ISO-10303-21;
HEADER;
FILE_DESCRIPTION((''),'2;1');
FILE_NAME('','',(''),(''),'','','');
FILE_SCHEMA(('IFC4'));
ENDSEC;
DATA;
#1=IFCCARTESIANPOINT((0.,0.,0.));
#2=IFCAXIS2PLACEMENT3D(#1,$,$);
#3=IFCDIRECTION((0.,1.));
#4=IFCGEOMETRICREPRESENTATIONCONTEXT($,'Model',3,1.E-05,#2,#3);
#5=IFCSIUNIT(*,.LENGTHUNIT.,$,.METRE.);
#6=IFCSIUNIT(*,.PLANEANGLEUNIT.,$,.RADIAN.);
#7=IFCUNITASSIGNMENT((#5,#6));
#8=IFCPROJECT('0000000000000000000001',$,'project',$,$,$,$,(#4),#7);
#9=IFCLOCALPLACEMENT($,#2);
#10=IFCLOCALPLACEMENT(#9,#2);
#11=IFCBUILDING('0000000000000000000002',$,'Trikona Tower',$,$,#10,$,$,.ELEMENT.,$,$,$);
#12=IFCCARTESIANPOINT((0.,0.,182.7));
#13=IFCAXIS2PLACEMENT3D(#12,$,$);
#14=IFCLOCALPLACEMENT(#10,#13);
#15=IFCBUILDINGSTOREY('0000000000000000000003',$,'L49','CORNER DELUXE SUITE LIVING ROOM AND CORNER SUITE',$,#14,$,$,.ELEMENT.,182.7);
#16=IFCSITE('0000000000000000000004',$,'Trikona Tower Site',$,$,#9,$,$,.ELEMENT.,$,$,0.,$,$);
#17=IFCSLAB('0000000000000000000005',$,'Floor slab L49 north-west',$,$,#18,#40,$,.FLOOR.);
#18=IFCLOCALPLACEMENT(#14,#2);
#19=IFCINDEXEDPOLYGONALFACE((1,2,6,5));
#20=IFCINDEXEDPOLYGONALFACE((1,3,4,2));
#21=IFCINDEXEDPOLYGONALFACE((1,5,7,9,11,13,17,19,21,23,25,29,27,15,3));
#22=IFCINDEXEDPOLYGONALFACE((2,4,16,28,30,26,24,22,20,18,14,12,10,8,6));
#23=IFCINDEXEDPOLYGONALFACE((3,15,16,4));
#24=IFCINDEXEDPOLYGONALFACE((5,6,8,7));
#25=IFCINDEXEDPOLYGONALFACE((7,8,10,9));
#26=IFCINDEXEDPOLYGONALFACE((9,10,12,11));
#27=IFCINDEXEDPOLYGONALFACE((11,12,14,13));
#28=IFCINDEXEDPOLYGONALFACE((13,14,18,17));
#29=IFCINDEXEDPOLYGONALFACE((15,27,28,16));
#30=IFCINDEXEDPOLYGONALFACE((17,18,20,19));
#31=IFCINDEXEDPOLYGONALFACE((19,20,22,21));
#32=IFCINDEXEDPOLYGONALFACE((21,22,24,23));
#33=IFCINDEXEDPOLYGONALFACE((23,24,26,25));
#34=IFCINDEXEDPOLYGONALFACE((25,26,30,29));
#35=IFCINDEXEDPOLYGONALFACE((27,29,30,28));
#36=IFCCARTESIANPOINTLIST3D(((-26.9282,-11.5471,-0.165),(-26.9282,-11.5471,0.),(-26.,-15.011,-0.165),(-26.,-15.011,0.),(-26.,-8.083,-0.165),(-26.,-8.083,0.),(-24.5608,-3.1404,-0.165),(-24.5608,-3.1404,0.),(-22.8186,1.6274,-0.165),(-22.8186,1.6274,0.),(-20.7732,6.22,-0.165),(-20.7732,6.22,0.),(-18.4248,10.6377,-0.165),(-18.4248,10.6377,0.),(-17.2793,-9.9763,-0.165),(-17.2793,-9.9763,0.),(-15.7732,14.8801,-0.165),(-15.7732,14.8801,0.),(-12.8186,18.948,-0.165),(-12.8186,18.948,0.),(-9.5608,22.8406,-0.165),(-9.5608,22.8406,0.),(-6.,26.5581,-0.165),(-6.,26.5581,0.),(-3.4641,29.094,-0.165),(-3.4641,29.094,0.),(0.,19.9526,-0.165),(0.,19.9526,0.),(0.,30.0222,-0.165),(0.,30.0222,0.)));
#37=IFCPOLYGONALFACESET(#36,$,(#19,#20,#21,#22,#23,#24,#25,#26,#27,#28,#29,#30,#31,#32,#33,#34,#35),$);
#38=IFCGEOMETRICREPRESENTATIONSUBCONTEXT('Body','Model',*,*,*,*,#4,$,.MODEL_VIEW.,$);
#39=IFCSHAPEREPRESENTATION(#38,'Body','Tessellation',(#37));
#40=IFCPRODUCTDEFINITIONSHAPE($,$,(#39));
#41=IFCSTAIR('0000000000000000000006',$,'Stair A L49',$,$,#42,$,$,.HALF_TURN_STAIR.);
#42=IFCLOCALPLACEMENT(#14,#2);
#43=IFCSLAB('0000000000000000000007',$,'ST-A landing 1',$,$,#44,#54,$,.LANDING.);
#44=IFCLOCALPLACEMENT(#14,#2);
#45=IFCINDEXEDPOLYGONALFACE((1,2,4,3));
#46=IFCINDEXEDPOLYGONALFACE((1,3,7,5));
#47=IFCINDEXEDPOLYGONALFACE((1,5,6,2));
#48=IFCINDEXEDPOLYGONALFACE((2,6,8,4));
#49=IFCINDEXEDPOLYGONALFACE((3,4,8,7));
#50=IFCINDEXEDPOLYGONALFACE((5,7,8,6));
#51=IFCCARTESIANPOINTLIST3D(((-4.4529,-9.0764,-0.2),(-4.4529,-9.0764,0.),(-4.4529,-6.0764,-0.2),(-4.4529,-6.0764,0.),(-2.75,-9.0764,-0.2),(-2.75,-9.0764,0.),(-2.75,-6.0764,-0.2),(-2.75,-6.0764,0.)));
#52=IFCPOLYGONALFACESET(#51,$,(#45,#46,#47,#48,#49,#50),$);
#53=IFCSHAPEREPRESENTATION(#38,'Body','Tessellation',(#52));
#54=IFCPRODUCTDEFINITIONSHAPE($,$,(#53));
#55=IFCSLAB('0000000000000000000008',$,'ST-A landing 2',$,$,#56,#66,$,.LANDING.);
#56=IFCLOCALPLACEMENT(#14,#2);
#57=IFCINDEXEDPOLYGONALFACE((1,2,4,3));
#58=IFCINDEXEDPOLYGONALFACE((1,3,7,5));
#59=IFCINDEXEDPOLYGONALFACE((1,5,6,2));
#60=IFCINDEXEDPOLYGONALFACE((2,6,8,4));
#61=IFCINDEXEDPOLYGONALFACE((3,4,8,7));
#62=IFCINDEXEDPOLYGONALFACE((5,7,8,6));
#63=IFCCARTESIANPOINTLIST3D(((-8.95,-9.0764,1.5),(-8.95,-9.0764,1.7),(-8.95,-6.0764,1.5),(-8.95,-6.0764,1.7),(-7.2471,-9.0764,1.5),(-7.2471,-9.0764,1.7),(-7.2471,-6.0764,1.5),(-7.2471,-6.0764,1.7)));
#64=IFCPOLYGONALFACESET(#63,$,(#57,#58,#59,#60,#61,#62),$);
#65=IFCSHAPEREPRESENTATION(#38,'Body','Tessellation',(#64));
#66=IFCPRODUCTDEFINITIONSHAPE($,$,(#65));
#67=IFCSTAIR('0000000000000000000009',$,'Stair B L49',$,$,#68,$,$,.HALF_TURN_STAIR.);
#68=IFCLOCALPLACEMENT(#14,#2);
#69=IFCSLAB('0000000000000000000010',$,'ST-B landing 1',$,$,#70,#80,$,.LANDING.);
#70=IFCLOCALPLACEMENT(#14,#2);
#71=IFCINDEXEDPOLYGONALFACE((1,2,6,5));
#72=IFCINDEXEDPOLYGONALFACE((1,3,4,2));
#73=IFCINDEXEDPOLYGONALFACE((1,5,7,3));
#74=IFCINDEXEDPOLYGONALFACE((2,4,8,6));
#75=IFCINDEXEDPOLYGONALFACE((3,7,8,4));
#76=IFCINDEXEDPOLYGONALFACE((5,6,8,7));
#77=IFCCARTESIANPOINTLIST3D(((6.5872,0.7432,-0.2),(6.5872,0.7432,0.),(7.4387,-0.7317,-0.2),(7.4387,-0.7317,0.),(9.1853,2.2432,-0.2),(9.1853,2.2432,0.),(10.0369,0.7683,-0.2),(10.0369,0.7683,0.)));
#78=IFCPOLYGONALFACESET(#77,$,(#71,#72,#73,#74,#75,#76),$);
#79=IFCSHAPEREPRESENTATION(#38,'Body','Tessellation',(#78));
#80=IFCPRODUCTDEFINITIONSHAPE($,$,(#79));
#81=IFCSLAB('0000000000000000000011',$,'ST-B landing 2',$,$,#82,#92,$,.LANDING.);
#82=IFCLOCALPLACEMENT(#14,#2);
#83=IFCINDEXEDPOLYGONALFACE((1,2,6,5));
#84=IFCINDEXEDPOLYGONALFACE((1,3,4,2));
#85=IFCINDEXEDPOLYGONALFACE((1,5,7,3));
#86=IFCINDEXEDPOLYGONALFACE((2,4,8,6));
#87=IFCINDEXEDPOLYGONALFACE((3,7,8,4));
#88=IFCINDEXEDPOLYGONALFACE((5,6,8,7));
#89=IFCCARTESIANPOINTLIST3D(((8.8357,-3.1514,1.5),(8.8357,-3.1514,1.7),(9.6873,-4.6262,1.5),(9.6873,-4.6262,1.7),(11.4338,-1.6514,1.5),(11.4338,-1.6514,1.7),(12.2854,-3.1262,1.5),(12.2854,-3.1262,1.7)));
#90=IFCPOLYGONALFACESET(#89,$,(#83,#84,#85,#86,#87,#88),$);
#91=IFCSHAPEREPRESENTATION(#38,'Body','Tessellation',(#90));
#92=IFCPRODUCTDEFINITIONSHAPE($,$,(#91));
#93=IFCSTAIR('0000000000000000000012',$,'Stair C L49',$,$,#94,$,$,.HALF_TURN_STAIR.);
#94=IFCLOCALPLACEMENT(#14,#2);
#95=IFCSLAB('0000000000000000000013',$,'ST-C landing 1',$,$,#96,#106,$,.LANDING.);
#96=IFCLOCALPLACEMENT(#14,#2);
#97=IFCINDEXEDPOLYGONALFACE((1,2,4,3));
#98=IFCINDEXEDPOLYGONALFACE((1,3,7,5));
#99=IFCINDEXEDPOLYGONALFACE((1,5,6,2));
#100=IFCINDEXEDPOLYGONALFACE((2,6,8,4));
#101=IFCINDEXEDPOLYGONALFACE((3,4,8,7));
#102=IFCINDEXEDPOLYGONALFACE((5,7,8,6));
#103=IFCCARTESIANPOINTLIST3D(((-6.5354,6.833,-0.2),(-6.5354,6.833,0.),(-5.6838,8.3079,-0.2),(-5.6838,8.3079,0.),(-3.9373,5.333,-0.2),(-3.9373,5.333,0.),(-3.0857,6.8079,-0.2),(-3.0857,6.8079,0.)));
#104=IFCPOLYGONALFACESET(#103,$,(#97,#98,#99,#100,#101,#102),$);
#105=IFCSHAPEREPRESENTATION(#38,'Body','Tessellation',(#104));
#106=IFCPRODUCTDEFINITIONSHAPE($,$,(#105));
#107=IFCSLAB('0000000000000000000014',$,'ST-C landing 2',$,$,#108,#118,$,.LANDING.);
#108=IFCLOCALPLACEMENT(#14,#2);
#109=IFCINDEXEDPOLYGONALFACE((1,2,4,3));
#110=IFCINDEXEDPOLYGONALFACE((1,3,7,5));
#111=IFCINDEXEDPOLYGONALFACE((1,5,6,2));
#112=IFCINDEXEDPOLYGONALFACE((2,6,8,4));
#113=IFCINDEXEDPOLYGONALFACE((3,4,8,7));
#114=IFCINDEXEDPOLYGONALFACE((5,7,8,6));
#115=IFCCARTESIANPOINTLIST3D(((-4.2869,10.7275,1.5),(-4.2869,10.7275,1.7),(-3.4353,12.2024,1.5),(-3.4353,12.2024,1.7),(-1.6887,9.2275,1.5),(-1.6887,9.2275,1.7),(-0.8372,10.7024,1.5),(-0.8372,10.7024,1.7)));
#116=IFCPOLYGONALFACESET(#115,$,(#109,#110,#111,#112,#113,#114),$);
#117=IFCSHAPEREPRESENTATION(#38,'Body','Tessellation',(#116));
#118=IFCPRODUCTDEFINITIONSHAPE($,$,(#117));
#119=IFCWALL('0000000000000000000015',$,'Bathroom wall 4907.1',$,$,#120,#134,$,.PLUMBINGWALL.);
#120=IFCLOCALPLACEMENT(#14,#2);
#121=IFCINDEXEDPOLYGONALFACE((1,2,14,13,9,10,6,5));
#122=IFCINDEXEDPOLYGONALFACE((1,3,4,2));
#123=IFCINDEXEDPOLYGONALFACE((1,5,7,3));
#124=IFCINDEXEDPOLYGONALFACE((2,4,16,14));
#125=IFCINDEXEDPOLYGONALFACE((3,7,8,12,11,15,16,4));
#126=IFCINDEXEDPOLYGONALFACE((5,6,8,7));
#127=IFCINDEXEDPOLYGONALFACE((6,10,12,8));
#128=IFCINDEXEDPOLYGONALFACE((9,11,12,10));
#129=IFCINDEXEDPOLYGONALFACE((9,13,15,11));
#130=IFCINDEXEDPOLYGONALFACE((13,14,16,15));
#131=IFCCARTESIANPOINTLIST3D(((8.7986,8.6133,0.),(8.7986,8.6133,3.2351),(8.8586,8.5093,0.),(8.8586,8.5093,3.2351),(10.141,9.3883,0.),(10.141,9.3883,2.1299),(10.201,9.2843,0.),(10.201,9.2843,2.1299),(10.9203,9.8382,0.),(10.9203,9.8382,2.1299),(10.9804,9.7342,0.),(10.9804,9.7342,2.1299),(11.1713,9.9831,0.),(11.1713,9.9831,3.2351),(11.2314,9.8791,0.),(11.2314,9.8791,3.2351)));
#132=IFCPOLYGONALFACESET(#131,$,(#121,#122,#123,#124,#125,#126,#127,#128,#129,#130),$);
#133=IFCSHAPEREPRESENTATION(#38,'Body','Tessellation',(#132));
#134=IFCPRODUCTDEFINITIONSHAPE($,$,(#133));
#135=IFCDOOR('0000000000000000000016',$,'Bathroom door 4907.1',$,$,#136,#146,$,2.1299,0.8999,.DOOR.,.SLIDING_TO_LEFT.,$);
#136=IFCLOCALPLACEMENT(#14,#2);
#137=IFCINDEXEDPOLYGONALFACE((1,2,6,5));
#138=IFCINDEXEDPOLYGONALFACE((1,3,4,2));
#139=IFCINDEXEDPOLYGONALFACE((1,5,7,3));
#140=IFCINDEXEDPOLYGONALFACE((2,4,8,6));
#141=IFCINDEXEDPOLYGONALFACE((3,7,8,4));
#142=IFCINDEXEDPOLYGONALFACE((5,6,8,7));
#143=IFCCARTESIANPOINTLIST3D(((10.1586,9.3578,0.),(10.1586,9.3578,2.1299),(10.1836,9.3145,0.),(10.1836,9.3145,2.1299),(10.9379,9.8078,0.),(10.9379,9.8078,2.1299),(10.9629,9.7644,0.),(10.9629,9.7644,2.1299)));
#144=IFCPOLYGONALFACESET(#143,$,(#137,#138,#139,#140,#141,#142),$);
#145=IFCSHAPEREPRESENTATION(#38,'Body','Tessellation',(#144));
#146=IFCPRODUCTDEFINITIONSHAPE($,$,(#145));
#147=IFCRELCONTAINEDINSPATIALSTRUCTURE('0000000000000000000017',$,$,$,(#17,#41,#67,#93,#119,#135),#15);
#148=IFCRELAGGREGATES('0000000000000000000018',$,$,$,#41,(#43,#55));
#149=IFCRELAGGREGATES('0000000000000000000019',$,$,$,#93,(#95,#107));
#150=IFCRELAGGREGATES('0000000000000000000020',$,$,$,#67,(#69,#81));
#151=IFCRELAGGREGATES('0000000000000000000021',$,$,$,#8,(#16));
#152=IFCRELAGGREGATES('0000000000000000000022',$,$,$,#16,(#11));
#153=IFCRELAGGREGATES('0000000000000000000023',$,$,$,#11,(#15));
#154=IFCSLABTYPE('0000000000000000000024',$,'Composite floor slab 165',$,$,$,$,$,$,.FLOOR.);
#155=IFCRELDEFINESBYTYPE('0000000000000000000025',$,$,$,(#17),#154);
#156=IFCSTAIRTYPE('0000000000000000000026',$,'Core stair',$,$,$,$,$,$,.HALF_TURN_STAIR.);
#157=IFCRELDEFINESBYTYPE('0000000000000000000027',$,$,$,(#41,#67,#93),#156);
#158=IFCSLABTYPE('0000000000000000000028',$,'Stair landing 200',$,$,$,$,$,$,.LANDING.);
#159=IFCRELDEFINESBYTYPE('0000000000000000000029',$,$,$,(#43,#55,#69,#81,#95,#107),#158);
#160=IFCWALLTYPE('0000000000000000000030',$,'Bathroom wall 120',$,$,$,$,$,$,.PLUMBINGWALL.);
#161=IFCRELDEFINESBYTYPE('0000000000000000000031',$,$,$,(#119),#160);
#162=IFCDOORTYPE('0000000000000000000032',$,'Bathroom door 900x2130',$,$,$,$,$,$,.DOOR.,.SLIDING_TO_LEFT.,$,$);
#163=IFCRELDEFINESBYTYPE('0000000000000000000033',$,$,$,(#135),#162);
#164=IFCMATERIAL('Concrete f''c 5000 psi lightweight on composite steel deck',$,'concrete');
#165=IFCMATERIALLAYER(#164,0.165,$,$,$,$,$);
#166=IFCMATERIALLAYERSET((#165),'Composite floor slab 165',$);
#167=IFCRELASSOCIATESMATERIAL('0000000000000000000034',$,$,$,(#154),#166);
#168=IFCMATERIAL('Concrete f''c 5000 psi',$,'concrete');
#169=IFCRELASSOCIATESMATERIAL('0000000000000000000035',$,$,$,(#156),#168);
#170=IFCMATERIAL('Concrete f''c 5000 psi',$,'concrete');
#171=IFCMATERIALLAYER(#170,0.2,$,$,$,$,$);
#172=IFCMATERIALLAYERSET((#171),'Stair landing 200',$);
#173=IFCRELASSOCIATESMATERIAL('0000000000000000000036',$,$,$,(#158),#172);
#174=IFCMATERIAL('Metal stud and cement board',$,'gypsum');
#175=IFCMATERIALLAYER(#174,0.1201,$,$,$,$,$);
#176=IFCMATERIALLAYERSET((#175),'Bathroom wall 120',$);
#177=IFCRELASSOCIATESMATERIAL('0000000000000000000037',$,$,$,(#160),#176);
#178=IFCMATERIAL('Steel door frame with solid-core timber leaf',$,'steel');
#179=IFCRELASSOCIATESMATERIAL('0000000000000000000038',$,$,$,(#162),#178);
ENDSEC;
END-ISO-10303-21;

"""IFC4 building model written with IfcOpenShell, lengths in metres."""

from ifc_helpers import new_model, si_unit, direction, frame, frame_2d, origin, place, context, subcontext, project, spatial, polyline, rectangle, outline, extrude, material, layer, layer_set, type_object, element, fill, aggregate, save


model = new_model("IFC4")

# Units and contexts
model_context = context("Model", 3, precision=1e-05, world=origin(), true_north=direction((0.0, 1.0)))
body_context = subcontext(model_context, "Body", "Model", "MODEL_VIEW")
ifc_project = project(units=[si_unit("LENGTHUNIT", "METRE"), si_unit("PLANEANGLEUNIT", "RADIAN")], contexts=[model_context])

# Site, building, storey
site_placement = place(None, origin())
site = spatial("IfcSite", under=ifc_project, at=site_placement, Name="Trikona Tower Site", CompositionType="ELEMENT", RefElevation=0.0)
building_placement = place(site_placement, origin())
building = spatial("IfcBuilding", under=site, at=building_placement, Name="Trikona Tower", CompositionType="ELEMENT")
storey_placement = place(building_placement, frame((0.0, 0.0, 182.7)))
storey = spatial("IfcBuildingStorey", under=building, at=storey_placement, Name="L49", Description="CORNER DELUXE SUITE LIVING ROOM AND CORNER SUITE", CompositionType="ELEMENT", Elevation=182.7)

# Slab
ifc_material_1 = material(Name="Concrete f'c 5000 psi lightweight on composite steel deck", Category="concrete")
ifc_layer_1 = layer(ifc_material_1, 0.165)
ifc_layer_set_1 = layer_set([ifc_layer_1], Name="Composite floor slab 165")
slab_type_1 = type_object("IfcSlabType", Name="Composite floor slab 165", PredefinedType="FLOOR", material=ifc_layer_set_1)
slab_1_placement = place(storey_placement, frame((0.0, 0.0, -0.165)))
element("IfcSlab", 1, at=slab_1_placement, inside=storey, type_object=slab_type_1, Name="Floor slab L49 north-west", PredefinedType="FLOOR", context=body_context, shape_type="SweptSolid", body=[
    extrude(outline(polyline([(0.0, 19.9526), (0.0, 30.0222), (-3.4641, 29.094), (-6.0, 26.5581), (-9.5608, 22.8406), (-12.8186, 18.948), (-15.7732, 14.8801), (-18.4248, 10.6377), (-20.7732, 6.22), (-22.8186, 1.6274), (-24.5608, -3.1404), (-26.0, -8.083), (-26.9282, -11.5471), (-26.0, -15.011), (-17.2793, -9.9763), (0.0, 19.9526)])), origin(), (0.0, 0.0, 1.0), 0.165),
])

# Stairs, slabs
ifc_material_2 = material(Name="Concrete f'c 5000 psi", Category="concrete")
stair_type = type_object("IfcStairType", Name="Core stair", PredefinedType="HALF_TURN_STAIR", material=ifc_material_2)
stair_1_placement = place(storey_placement, origin())
stair_1 = element("IfcStair", 2, at=stair_1_placement, inside=storey, type_object=stair_type, Name="Stair A L49", PredefinedType="HALF_TURN_STAIR")
ifc_material_3 = material(Name="Concrete f'c 5000 psi", Category="concrete")
ifc_layer_2 = layer(ifc_material_3, 0.2)
ifc_layer_set_2 = layer_set([ifc_layer_2], Name="Stair landing 200")
slab_type_2 = type_object("IfcSlabType", Name="Stair landing 200", PredefinedType="LANDING", material=ifc_layer_set_2)
slab_2_placement = place(storey_placement, frame((0.0, 0.0, -0.2)))
slab_2 = element("IfcSlab", 3, at=slab_2_placement, type_object=slab_type_2, Name="ST-A landing 1", PredefinedType="LANDING", context=body_context, shape_type="SweptSolid", body=[
    extrude(outline(polyline([(-4.4529, -6.0764), (-2.75, -6.0764), (-2.75, -9.0764), (-4.4529, -9.0764), (-4.4529, -6.0764)])), origin(), (0.0, 0.0, 1.0), 0.2),
])
slab_3_placement = place(storey_placement, frame((0.0, 0.0, 1.5)))
slab_3 = element("IfcSlab", 4, at=slab_3_placement, type_object=slab_type_2, Name="ST-A landing 2", PredefinedType="LANDING", context=body_context, shape_type="SweptSolid", body=[
    extrude(outline(polyline([(-8.95, -6.0764), (-7.2471, -6.0764), (-7.2471, -9.0764), (-8.95, -9.0764), (-8.95, -6.0764)])), origin(), (0.0, 0.0, 1.0), 0.2),
])
aggregate(stair_1, [slab_2, slab_3])
stair_2_placement = place(storey_placement, origin())
stair_2 = element("IfcStair", 5, at=stair_2_placement, inside=storey, type_object=stair_type, Name="Stair B L49", PredefinedType="HALF_TURN_STAIR")
slab_4_placement = place(storey_placement, frame((0.0, 0.0, -0.2)))
slab_4 = element("IfcSlab", 6, at=slab_4_placement, type_object=slab_type_2, Name="ST-B landing 1", PredefinedType="LANDING", context=body_context, shape_type="SweptSolid", body=[
    extrude(outline(polyline([(7.4387, -0.7317), (6.5872, 0.7432), (9.1853, 2.2432), (10.0369, 0.7683), (7.4387, -0.7317)])), origin(), (0.0, 0.0, 1.0), 0.2),
])
slab_5_placement = place(storey_placement, frame((0.0, 0.0, 1.5)))
slab_5 = element("IfcSlab", 7, at=slab_5_placement, type_object=slab_type_2, Name="ST-B landing 2", PredefinedType="LANDING", context=body_context, shape_type="SweptSolid", body=[
    extrude(outline(polyline([(9.6873, -4.6262), (8.8357, -3.1514), (11.4338, -1.6514), (12.2854, -3.1262), (9.6873, -4.6262)])), origin(), (0.0, 0.0, 1.0), 0.2),
])
stair_3_placement = place(storey_placement, origin())
stair_3 = element("IfcStair", 8, at=stair_3_placement, inside=storey, type_object=stair_type, Name="Stair C L49", PredefinedType="HALF_TURN_STAIR")
slab_6_placement = place(storey_placement, frame((0.0, 0.0, -0.2)))
slab_6 = element("IfcSlab", 9, at=slab_6_placement, type_object=slab_type_2, Name="ST-C landing 1", PredefinedType="LANDING", context=body_context, shape_type="SweptSolid", body=[
    extrude(outline(polyline([(-3.0857, 6.8079), (-3.9373, 5.333), (-6.5354, 6.833), (-5.6838, 8.3079), (-3.0857, 6.8079)])), origin(), (0.0, 0.0, 1.0), 0.2),
])
slab_7_placement = place(storey_placement, frame((0.0, 0.0, 1.5)))
slab_7 = element("IfcSlab", 10, at=slab_7_placement, type_object=slab_type_2, Name="ST-C landing 2", PredefinedType="LANDING", context=body_context, shape_type="SweptSolid", body=[
    extrude(outline(polyline([(-0.8372, 10.7024), (-1.6887, 9.2275), (-4.2869, 10.7275), (-3.4353, 12.2024), (-0.8372, 10.7024)])), origin(), (0.0, 0.0, 1.0), 0.2),
])
aggregate(stair_3, [slab_6, slab_7])

# Wall, opening, door
ifc_material_4 = material(Name="Metal stud and cement board", Category="gypsum")
ifc_layer_3 = layer(ifc_material_4, 0.1201)
ifc_layer_set_3 = layer_set([ifc_layer_3], Name="Bathroom wall 120")
wall_type_1 = type_object("IfcWallType", Name="Bathroom wall 120", PredefinedType="PLUMBINGWALL", material=ifc_layer_set_3)
wall_1_placement = place(storey_placement, frame((8.8286, 8.5613, 0.0), z_axis=(0.0, 0.0, 1.0), x_axis=(0.866036, 0.499982, 0.0)))
wall_1 = element("IfcWall", 11, at=wall_1_placement, inside=storey, type_object=wall_type_1, Name="Bathroom wall 4907.1", PredefinedType="PLUMBINGWALL", context=body_context, shape_type="SweptSolid", body=[
    extrude(rectangle(XDim=2.7397, YDim=0.1201, at=frame_2d((1.3699, 0.0))), origin(), (0.0, 0.0, 1.0), 3.2351),
])
opening_1_placement = place(wall_1_placement, frame((1.55, 0.0, 0.0)))
opening_1 = element("IfcOpeningElement", 12, at=opening_1_placement, cuts=wall_1, PredefinedType="OPENING", context=body_context, shape_type="SweptSolid", body=[
    extrude(rectangle(XDim=0.8999, YDim=2.1299, at=frame_2d((0.45, 1.0649))), frame((0.0, 0.0701, 0.0), z_axis=(0.0, -1.0, 0.0), x_axis=(1.0, 0.0, 0.0)), (0.0, 0.0, 1.0), 0.1401),
])
ifc_material_5 = material(Name="Steel door frame with solid-core timber leaf", Category="steel")
door_type_1 = type_object("IfcDoorType", Name="Bathroom door 900x2130", OperationType="SLIDING_TO_LEFT", PredefinedType="DOOR", material=ifc_material_5)
door_1_placement = place(opening_1_placement, origin())
door_1 = element("IfcDoor", 13, at=door_1_placement, inside=storey, type_object=door_type_1, Name="Bathroom door 4907.1", OperationType="SLIDING_TO_LEFT", OverallHeight=2.1299, OverallWidth=0.8999, PredefinedType="DOOR", context=body_context, shape_type="SweptSolid", body=[
    extrude(rectangle(XDim=0.8999, YDim=2.1299, at=frame_2d((0.45, 1.0649))), frame((0.0, 0.0249, 0.0), z_axis=(0.0, -1.0, 0.0), x_axis=(1.0, 0.0, 0.0)), (0.0, 0.0, 1.0), 0.05),
])
fill(opening_1, door_1)

aggregate(stair_2, [slab_4, slab_5])

save(model, "model.ifc")
